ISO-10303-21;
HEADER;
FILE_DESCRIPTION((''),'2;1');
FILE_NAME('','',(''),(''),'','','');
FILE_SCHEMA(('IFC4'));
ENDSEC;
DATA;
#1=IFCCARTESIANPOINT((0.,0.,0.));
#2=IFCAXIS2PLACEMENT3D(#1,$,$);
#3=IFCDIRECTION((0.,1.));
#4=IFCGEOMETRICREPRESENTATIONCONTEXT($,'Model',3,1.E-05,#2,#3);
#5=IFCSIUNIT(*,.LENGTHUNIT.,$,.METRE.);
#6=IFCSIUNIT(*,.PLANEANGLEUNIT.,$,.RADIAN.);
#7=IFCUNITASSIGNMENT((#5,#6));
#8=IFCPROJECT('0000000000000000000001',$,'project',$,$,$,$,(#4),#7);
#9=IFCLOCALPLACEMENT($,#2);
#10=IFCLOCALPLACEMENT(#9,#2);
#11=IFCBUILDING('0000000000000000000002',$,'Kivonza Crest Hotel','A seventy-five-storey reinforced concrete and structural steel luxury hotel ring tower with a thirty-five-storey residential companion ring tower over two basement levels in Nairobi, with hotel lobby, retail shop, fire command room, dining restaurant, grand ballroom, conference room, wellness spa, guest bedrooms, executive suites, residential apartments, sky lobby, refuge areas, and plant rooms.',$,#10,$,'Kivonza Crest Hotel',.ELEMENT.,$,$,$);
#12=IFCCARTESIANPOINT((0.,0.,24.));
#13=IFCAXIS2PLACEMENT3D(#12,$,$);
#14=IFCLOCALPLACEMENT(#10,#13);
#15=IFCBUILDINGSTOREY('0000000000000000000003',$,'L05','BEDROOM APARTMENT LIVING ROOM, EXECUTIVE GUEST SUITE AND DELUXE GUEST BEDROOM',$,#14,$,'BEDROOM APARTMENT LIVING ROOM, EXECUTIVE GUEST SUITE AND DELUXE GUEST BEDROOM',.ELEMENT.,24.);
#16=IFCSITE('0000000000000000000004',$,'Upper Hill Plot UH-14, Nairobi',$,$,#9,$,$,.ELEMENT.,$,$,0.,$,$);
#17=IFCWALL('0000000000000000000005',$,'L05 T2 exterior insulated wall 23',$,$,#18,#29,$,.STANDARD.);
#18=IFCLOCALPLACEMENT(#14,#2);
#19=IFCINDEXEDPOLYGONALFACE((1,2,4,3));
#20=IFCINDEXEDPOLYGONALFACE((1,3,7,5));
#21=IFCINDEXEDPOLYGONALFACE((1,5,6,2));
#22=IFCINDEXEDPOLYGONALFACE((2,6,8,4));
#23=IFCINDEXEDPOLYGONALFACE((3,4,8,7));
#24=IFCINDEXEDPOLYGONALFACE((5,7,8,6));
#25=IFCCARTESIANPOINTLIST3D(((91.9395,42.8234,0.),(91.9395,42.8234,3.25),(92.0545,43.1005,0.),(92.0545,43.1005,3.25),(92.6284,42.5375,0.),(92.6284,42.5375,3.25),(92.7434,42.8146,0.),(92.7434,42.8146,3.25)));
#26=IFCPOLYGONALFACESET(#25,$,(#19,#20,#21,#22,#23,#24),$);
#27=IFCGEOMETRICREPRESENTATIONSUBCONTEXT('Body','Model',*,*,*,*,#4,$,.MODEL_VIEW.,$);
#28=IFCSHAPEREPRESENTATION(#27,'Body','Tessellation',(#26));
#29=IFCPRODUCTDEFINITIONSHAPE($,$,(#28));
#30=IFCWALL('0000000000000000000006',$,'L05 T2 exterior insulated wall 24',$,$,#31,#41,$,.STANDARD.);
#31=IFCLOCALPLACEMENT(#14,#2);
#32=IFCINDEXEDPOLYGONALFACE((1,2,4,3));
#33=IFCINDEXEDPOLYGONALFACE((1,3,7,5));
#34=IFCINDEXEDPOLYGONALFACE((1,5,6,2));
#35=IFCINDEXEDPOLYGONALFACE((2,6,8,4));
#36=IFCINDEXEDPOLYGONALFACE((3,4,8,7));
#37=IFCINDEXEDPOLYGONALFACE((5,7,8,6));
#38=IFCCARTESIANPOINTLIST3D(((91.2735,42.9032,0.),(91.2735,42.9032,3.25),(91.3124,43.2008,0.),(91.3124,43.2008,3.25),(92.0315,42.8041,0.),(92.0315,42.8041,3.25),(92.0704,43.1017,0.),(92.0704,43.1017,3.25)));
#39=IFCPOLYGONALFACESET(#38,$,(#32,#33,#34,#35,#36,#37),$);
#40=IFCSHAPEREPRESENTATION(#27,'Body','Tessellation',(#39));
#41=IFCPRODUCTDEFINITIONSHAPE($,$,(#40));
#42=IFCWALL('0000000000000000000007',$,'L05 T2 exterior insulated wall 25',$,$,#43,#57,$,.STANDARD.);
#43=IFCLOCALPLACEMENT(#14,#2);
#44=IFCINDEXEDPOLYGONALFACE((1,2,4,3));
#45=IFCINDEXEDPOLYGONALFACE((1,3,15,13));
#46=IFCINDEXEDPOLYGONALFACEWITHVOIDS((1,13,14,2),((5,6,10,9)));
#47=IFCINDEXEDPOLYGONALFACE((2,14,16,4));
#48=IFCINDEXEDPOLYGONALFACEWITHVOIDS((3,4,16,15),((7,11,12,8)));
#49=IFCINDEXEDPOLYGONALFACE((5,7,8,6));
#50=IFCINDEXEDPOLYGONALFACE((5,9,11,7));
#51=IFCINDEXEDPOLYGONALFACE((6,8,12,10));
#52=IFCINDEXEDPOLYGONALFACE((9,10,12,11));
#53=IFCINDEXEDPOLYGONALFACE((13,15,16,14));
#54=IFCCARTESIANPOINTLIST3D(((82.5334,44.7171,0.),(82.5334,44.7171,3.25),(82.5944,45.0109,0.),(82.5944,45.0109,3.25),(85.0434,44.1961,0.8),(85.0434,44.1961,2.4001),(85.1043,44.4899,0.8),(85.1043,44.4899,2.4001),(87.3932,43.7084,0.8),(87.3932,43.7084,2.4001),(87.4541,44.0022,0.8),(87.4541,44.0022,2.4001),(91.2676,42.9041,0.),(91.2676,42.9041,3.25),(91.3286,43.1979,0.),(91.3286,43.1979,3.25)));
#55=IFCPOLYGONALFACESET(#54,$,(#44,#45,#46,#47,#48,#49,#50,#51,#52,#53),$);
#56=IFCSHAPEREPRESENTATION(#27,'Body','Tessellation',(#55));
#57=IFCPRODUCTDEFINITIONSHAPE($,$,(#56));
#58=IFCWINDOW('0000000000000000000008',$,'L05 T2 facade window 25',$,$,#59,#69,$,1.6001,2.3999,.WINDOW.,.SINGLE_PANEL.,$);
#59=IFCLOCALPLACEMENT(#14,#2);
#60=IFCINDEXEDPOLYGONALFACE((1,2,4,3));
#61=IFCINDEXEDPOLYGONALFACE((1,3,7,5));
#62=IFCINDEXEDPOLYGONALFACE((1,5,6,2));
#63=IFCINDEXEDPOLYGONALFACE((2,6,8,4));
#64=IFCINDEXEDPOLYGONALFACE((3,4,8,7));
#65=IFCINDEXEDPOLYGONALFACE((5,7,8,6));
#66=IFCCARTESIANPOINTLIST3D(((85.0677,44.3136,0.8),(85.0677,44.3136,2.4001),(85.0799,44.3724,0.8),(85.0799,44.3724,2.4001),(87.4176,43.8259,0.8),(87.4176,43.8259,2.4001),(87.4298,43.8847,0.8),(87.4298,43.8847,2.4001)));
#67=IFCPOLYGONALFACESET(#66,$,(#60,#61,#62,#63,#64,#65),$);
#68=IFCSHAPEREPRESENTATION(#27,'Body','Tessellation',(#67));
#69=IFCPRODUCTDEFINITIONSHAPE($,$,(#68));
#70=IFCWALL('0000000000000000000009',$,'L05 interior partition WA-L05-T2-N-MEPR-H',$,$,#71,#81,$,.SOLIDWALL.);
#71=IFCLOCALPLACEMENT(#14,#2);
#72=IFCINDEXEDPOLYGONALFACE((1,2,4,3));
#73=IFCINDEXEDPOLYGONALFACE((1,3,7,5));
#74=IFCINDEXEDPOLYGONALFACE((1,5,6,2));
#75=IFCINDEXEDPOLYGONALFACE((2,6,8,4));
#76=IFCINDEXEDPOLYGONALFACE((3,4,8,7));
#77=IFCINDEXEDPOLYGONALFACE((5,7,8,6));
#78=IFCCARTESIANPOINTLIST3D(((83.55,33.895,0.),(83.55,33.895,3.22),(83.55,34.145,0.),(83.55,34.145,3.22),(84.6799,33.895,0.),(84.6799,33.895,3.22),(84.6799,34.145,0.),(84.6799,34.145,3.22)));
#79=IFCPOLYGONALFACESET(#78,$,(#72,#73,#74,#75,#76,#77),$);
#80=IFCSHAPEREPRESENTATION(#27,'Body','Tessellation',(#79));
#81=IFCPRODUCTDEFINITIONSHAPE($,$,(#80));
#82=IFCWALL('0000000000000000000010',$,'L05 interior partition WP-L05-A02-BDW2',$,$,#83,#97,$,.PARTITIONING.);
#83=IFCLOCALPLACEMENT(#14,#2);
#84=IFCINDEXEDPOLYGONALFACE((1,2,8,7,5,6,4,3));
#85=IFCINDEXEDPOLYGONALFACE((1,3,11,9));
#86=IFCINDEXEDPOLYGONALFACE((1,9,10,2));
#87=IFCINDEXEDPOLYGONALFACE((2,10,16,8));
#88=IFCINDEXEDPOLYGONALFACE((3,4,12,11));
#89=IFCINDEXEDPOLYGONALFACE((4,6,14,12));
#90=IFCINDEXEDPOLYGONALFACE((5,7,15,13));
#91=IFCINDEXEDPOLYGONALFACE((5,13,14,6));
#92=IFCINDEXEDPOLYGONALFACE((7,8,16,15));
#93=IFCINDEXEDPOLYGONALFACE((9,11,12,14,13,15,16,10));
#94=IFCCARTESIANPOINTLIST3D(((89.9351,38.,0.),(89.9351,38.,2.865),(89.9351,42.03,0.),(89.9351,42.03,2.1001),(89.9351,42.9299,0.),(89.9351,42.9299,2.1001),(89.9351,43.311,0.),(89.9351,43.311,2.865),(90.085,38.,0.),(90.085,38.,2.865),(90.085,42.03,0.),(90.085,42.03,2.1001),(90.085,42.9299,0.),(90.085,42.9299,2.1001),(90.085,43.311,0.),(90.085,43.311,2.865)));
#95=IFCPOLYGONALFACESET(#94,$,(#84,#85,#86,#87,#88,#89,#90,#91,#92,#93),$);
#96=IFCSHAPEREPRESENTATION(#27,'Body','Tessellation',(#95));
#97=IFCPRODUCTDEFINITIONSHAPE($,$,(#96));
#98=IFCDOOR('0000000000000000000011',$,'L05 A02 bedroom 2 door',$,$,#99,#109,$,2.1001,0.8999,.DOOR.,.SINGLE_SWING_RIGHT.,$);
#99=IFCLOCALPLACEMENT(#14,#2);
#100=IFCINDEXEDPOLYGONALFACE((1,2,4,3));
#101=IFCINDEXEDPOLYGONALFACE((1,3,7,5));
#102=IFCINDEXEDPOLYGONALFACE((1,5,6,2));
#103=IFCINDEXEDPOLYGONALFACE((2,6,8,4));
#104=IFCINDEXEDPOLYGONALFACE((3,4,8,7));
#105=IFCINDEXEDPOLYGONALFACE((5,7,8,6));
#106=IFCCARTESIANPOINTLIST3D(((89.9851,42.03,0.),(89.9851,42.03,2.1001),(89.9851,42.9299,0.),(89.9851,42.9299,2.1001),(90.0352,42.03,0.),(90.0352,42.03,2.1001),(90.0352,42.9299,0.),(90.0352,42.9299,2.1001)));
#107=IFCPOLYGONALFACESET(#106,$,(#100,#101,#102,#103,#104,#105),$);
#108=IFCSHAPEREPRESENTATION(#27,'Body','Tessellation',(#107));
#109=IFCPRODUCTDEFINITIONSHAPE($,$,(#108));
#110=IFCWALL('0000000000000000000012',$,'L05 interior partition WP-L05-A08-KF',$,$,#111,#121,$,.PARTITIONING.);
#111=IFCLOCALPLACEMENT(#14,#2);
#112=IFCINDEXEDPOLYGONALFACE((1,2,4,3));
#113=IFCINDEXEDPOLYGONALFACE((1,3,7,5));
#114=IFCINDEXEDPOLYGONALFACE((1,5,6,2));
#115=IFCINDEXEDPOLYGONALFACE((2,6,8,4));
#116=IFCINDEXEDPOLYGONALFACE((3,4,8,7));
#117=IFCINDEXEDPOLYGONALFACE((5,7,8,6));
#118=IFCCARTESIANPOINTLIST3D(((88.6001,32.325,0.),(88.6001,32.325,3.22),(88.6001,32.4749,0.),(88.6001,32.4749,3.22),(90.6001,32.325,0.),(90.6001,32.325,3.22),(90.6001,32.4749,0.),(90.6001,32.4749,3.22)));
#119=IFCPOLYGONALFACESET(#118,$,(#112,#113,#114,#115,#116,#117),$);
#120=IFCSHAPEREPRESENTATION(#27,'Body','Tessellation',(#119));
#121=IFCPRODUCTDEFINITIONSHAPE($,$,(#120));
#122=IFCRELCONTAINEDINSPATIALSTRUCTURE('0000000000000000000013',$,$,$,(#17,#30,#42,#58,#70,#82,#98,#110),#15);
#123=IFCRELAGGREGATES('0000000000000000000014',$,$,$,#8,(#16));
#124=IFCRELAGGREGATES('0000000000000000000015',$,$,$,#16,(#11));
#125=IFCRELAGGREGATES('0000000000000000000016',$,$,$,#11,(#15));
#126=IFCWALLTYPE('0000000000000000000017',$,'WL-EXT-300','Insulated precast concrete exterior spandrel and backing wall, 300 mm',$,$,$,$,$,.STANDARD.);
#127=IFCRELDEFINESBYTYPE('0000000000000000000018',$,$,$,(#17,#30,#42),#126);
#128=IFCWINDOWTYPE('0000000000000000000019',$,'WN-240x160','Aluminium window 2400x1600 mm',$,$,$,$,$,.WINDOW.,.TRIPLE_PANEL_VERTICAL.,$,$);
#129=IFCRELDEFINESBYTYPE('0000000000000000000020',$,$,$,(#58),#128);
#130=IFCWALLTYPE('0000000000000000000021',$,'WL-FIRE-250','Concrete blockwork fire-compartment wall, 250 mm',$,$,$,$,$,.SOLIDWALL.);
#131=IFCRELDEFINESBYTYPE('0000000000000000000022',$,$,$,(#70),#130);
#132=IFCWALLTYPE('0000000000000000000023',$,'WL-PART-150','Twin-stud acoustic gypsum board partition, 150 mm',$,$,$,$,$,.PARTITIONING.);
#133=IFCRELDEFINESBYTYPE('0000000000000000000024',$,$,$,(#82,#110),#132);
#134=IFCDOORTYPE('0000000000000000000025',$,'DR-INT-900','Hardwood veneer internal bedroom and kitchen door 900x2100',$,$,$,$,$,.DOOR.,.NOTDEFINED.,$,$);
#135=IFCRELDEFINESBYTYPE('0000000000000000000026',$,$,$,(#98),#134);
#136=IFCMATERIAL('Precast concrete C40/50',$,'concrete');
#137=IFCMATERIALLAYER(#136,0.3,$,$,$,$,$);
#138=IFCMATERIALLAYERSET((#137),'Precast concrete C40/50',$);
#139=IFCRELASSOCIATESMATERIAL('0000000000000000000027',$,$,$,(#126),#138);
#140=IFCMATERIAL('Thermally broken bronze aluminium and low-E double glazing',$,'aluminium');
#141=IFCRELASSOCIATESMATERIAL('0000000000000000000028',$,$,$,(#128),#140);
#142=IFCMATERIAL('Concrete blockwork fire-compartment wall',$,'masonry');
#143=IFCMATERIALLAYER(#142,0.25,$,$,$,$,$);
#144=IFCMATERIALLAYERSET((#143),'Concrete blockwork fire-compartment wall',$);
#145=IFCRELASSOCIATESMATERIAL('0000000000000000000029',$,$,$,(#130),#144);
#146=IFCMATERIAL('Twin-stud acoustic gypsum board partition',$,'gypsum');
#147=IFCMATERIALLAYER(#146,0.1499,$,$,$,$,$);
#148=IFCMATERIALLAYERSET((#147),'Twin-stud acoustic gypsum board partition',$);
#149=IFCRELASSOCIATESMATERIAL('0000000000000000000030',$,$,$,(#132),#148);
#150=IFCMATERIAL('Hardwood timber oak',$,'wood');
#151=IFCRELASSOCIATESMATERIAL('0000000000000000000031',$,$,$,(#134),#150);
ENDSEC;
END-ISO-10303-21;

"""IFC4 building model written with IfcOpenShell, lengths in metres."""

from ifc_helpers import new_model, si_unit, direction, frame, frame_2d, origin, place, context, subcontext, project, spatial, rectangle, extrude, material, layer, layer_set, type_object, element, fill, save


model = new_model("IFC4")

# Units and contexts
model_context = context("Model", 3, precision=1e-05, world=origin(), true_north=direction((0.0, 1.0)))
body_context = subcontext(model_context, "Body", "Model", "MODEL_VIEW")
ifc_project = project(units=[si_unit("LENGTHUNIT", "METRE"), si_unit("PLANEANGLEUNIT", "RADIAN")], contexts=[model_context])

# Site, building, storey
site_placement = place(None, origin())
site = spatial("IfcSite", under=ifc_project, at=site_placement, Name="Upper Hill Plot UH-14, Nairobi", CompositionType="ELEMENT", RefElevation=0.0)
building_placement = place(site_placement, origin())
building = spatial("IfcBuilding", under=site, at=building_placement, Name="Kivonza Crest Hotel", Description="A seventy-five-storey reinforced concrete and structural steel luxury hotel ring tower with a thirty-five-storey residential companion ring tower over two basement levels in Nairobi, with hotel lobby, retail shop, fire command room, dining restaurant, grand ballroom, conference room, wellness spa, guest bedrooms, executive suites, residential apartments, sky lobby, refuge areas, and plant rooms.", LongName="Kivonza Crest Hotel", CompositionType="ELEMENT")
storey_placement = place(building_placement, frame((0.0, 0.0, 24.0)))
storey = spatial("IfcBuildingStorey", under=building, at=storey_placement, Name="L05", Description="BEDROOM APARTMENT LIVING ROOM, EXECUTIVE GUEST SUITE AND DELUXE GUEST BEDROOM", LongName="BEDROOM APARTMENT LIVING ROOM, EXECUTIVE GUEST SUITE AND DELUXE GUEST BEDROOM", CompositionType="ELEMENT", Elevation=24.0)

# Shared definitions
ifc_material_1 = material(Name="Hardwood timber oak", Category="wood")

# Walls
ifc_material_2 = material(Name="Precast concrete C40/50", Category="concrete")
ifc_layer_1 = layer(ifc_material_2, 0.3)
ifc_layer_set_1 = layer_set([ifc_layer_1], Name="Precast concrete C40/50")
wall_type_1 = type_object("IfcWallType", Name="WL-EXT-300", Description="Insulated precast concrete exterior spandrel and backing wall, 300 mm", PredefinedType="STANDARD", material=ifc_layer_set_1)
wall_1_placement = place(storey_placement, frame((92.686, 42.676, 0.0), z_axis=(0.0, 0.0, 1.0), x_axis=(-0.923638, 0.383267, 0.0)))
element("IfcWall", 1, at=wall_1_placement, inside=storey, type_object=wall_type_1, Name="L05 T2 exterior insulated wall 23", PredefinedType="STANDARD", context=body_context, shape_type="SweptSolid", body=[
    extrude(rectangle(XDim=0.7458, YDim=0.3, at=frame_2d((0.373, 0.0))), origin(), (0.0, 0.0, 1.0), 3.25),
])
wall_2_placement = place(storey_placement, frame((92.051, 42.9529, 0.0), z_axis=(0.0, 0.0, 1.0), x_axis=(-0.991559, 0.129653, 0.0)))
element("IfcWall", 2, at=wall_2_placement, inside=storey, type_object=wall_type_1, Name="L05 T2 exterior insulated wall 24", PredefinedType="STANDARD", context=body_context, shape_type="SweptSolid", body=[
    extrude(rectangle(XDim=0.7644, YDim=0.3, at=frame_2d((0.3823, 0.0))), origin(), (0.0, 0.0, 1.0), 3.25),
])

# Wall, opening, window
wall_3_placement = place(storey_placement, frame((91.2981, 43.051, 0.0), z_axis=(0.0, 0.0, 1.0), x_axis=(-0.979128, 0.203243, 0.0)))
wall_3 = element("IfcWall", 3, at=wall_3_placement, inside=storey, type_object=wall_type_1, Name="L05 T2 exterior insulated wall 25", PredefinedType="STANDARD", context=body_context, shape_type="SweptSolid", body=[
    extrude(rectangle(XDim=8.9204, YDim=0.3, at=frame_2d((4.4602, 0.0))), origin(), (0.0, 0.0, 1.0), 3.25),
])
opening_1_placement = place(wall_3_placement, frame((3.957, 0.0, 0.8)))
opening_1 = element("IfcOpeningElement", 4, at=opening_1_placement, cuts=wall_3, PredefinedType="OPENING", context=body_context, shape_type="SweptSolid", body=[
    extrude(rectangle(XDim=2.3999, YDim=1.6001, at=frame_2d((1.2, 0.8))), frame((0.0, 0.1602, 0.0), z_axis=(0.0, -1.0, 0.0), x_axis=(1.0, 0.0, 0.0)), (0.0, 0.0, 1.0), 0.3201),
])
ifc_material_3 = material(Name="Thermally broken bronze aluminium and low-E double glazing", Category="aluminium")
window_type = type_object("IfcWindowType", Name="WN-240x160", Description="Aluminium window 2400x1600 mm", PartitioningType="TRIPLE_PANEL_VERTICAL", PredefinedType="WINDOW", material=ifc_material_3)
window_placement = place(opening_1_placement, origin())
window = element("IfcWindow", 5, at=window_placement, inside=storey, type_object=window_type, Name="L05 T2 facade window 25", OverallHeight=1.6001, OverallWidth=2.3999, PartitioningType="SINGLE_PANEL", PredefinedType="WINDOW", context=body_context, shape_type="SweptSolid", body=[
    extrude(rectangle(XDim=2.3999, YDim=1.6001, at=frame_2d((1.2, 0.8))), frame((0.0, 0.03, 0.0), z_axis=(0.0, -1.0, 0.0), x_axis=(1.0, 0.0, 0.0)), (0.0, 0.0, 1.0), 0.0601),
])
fill(opening_1, window)

# Wall
ifc_material_4 = material(Name="Concrete blockwork fire-compartment wall", Category="masonry")
ifc_layer_2 = layer(ifc_material_4, 0.25)
ifc_layer_set_2 = layer_set([ifc_layer_2], Name="Concrete blockwork fire-compartment wall")
wall_type_2 = type_object("IfcWallType", Name="WL-FIRE-250", Description="Concrete blockwork fire-compartment wall, 250 mm", PredefinedType="SOLIDWALL", material=ifc_layer_set_2)
wall_4_placement = place(storey_placement, frame((83.55, 34.02, 0.0), z_axis=(0.0, 0.0, 1.0), x_axis=(1.0, 0.0, 0.0)))
element("IfcWall", 6, at=wall_4_placement, inside=storey, type_object=wall_type_2, Name="L05 interior partition WA-L05-T2-N-MEPR-H", PredefinedType="SOLIDWALL", context=body_context, shape_type="SweptSolid", body=[
    extrude(rectangle(XDim=1.1299, YDim=0.25, at=frame_2d((0.5649, 0.0))), origin(), (0.0, 0.0, 1.0), 3.22),
])

# Wall, opening, door
ifc_material_5 = material(Name="Twin-stud acoustic gypsum board partition", Category="gypsum")
ifc_layer_3 = layer(ifc_material_5, 0.1499)
ifc_layer_set_3 = layer_set([ifc_layer_3], Name="Twin-stud acoustic gypsum board partition")
wall_type_3 = type_object("IfcWallType", Name="WL-PART-150", Description="Twin-stud acoustic gypsum board partition, 150 mm", PredefinedType="PARTITIONING", material=ifc_layer_set_3)
wall_5_placement = place(storey_placement, frame((90.01, 38.0, 0.0), z_axis=(0.0, 0.0, 1.0), x_axis=(0.0, 1.0, 0.0)))
wall_5 = element("IfcWall", 7, at=wall_5_placement, inside=storey, type_object=wall_type_3, Name="L05 interior partition WP-L05-A02-BDW2", PredefinedType="PARTITIONING", context=body_context, shape_type="SweptSolid", body=[
    extrude(rectangle(XDim=5.311, YDim=0.1499, at=frame_2d((2.6555, 0.0))), origin(), (0.0, 0.0, 1.0), 2.865),
])
opening_2_placement = place(wall_5_placement, frame((4.03, 0.0, 0.0)))
opening_2 = element("IfcOpeningElement", 8, at=opening_2_placement, cuts=wall_5, PredefinedType="OPENING", context=body_context, shape_type="SweptSolid", body=[
    extrude(rectangle(XDim=0.8999, YDim=2.1001, at=frame_2d((0.45, 1.05))), frame((0.0, 0.085, 0.0), z_axis=(0.0, -1.0, 0.0), x_axis=(1.0, 0.0, 0.0)), (0.0, 0.0, 1.0), 0.1699),
])
door_type_1 = type_object("IfcDoorType", Name="DR-INT-900", Description="Hardwood veneer internal bedroom and kitchen door 900x2100", OperationType="NOTDEFINED", PredefinedType="DOOR", material=ifc_material_1)
door_1_placement = place(opening_2_placement, origin())
door_1 = element("IfcDoor", 9, at=door_1_placement, inside=storey, type_object=door_type_1, Name="L05 A02 bedroom 2 door", OperationType="SINGLE_SWING_RIGHT", OverallHeight=2.1001, OverallWidth=0.8999, PredefinedType="DOOR", context=body_context, shape_type="SweptSolid", body=[
    extrude(rectangle(XDim=0.8999, YDim=2.1001, at=frame_2d((0.45, 1.05))), frame((0.0, 0.0249, 0.0), z_axis=(0.0, -1.0, 0.0), x_axis=(1.0, 0.0, 0.0)), (0.0, 0.0, 1.0), 0.05),
])
fill(opening_2, door_1)

# Wall
wall_6_placement = place(storey_placement, frame((88.6001, 32.3999, 0.0), z_axis=(0.0, 0.0, 1.0), x_axis=(1.0, 0.0, 0.0)))
element("IfcWall", 10, at=wall_6_placement, inside=storey, type_object=wall_type_3, Name="L05 interior partition WP-L05-A08-KF", PredefinedType="PARTITIONING", context=body_context, shape_type="SweptSolid", body=[
    extrude(rectangle(XDim=2.0, YDim=0.1499, at=frame_2d((1.0, 0.0))), origin(), (0.0, 0.0, 1.0), 3.22),
])

save(model, "model.ifc")
